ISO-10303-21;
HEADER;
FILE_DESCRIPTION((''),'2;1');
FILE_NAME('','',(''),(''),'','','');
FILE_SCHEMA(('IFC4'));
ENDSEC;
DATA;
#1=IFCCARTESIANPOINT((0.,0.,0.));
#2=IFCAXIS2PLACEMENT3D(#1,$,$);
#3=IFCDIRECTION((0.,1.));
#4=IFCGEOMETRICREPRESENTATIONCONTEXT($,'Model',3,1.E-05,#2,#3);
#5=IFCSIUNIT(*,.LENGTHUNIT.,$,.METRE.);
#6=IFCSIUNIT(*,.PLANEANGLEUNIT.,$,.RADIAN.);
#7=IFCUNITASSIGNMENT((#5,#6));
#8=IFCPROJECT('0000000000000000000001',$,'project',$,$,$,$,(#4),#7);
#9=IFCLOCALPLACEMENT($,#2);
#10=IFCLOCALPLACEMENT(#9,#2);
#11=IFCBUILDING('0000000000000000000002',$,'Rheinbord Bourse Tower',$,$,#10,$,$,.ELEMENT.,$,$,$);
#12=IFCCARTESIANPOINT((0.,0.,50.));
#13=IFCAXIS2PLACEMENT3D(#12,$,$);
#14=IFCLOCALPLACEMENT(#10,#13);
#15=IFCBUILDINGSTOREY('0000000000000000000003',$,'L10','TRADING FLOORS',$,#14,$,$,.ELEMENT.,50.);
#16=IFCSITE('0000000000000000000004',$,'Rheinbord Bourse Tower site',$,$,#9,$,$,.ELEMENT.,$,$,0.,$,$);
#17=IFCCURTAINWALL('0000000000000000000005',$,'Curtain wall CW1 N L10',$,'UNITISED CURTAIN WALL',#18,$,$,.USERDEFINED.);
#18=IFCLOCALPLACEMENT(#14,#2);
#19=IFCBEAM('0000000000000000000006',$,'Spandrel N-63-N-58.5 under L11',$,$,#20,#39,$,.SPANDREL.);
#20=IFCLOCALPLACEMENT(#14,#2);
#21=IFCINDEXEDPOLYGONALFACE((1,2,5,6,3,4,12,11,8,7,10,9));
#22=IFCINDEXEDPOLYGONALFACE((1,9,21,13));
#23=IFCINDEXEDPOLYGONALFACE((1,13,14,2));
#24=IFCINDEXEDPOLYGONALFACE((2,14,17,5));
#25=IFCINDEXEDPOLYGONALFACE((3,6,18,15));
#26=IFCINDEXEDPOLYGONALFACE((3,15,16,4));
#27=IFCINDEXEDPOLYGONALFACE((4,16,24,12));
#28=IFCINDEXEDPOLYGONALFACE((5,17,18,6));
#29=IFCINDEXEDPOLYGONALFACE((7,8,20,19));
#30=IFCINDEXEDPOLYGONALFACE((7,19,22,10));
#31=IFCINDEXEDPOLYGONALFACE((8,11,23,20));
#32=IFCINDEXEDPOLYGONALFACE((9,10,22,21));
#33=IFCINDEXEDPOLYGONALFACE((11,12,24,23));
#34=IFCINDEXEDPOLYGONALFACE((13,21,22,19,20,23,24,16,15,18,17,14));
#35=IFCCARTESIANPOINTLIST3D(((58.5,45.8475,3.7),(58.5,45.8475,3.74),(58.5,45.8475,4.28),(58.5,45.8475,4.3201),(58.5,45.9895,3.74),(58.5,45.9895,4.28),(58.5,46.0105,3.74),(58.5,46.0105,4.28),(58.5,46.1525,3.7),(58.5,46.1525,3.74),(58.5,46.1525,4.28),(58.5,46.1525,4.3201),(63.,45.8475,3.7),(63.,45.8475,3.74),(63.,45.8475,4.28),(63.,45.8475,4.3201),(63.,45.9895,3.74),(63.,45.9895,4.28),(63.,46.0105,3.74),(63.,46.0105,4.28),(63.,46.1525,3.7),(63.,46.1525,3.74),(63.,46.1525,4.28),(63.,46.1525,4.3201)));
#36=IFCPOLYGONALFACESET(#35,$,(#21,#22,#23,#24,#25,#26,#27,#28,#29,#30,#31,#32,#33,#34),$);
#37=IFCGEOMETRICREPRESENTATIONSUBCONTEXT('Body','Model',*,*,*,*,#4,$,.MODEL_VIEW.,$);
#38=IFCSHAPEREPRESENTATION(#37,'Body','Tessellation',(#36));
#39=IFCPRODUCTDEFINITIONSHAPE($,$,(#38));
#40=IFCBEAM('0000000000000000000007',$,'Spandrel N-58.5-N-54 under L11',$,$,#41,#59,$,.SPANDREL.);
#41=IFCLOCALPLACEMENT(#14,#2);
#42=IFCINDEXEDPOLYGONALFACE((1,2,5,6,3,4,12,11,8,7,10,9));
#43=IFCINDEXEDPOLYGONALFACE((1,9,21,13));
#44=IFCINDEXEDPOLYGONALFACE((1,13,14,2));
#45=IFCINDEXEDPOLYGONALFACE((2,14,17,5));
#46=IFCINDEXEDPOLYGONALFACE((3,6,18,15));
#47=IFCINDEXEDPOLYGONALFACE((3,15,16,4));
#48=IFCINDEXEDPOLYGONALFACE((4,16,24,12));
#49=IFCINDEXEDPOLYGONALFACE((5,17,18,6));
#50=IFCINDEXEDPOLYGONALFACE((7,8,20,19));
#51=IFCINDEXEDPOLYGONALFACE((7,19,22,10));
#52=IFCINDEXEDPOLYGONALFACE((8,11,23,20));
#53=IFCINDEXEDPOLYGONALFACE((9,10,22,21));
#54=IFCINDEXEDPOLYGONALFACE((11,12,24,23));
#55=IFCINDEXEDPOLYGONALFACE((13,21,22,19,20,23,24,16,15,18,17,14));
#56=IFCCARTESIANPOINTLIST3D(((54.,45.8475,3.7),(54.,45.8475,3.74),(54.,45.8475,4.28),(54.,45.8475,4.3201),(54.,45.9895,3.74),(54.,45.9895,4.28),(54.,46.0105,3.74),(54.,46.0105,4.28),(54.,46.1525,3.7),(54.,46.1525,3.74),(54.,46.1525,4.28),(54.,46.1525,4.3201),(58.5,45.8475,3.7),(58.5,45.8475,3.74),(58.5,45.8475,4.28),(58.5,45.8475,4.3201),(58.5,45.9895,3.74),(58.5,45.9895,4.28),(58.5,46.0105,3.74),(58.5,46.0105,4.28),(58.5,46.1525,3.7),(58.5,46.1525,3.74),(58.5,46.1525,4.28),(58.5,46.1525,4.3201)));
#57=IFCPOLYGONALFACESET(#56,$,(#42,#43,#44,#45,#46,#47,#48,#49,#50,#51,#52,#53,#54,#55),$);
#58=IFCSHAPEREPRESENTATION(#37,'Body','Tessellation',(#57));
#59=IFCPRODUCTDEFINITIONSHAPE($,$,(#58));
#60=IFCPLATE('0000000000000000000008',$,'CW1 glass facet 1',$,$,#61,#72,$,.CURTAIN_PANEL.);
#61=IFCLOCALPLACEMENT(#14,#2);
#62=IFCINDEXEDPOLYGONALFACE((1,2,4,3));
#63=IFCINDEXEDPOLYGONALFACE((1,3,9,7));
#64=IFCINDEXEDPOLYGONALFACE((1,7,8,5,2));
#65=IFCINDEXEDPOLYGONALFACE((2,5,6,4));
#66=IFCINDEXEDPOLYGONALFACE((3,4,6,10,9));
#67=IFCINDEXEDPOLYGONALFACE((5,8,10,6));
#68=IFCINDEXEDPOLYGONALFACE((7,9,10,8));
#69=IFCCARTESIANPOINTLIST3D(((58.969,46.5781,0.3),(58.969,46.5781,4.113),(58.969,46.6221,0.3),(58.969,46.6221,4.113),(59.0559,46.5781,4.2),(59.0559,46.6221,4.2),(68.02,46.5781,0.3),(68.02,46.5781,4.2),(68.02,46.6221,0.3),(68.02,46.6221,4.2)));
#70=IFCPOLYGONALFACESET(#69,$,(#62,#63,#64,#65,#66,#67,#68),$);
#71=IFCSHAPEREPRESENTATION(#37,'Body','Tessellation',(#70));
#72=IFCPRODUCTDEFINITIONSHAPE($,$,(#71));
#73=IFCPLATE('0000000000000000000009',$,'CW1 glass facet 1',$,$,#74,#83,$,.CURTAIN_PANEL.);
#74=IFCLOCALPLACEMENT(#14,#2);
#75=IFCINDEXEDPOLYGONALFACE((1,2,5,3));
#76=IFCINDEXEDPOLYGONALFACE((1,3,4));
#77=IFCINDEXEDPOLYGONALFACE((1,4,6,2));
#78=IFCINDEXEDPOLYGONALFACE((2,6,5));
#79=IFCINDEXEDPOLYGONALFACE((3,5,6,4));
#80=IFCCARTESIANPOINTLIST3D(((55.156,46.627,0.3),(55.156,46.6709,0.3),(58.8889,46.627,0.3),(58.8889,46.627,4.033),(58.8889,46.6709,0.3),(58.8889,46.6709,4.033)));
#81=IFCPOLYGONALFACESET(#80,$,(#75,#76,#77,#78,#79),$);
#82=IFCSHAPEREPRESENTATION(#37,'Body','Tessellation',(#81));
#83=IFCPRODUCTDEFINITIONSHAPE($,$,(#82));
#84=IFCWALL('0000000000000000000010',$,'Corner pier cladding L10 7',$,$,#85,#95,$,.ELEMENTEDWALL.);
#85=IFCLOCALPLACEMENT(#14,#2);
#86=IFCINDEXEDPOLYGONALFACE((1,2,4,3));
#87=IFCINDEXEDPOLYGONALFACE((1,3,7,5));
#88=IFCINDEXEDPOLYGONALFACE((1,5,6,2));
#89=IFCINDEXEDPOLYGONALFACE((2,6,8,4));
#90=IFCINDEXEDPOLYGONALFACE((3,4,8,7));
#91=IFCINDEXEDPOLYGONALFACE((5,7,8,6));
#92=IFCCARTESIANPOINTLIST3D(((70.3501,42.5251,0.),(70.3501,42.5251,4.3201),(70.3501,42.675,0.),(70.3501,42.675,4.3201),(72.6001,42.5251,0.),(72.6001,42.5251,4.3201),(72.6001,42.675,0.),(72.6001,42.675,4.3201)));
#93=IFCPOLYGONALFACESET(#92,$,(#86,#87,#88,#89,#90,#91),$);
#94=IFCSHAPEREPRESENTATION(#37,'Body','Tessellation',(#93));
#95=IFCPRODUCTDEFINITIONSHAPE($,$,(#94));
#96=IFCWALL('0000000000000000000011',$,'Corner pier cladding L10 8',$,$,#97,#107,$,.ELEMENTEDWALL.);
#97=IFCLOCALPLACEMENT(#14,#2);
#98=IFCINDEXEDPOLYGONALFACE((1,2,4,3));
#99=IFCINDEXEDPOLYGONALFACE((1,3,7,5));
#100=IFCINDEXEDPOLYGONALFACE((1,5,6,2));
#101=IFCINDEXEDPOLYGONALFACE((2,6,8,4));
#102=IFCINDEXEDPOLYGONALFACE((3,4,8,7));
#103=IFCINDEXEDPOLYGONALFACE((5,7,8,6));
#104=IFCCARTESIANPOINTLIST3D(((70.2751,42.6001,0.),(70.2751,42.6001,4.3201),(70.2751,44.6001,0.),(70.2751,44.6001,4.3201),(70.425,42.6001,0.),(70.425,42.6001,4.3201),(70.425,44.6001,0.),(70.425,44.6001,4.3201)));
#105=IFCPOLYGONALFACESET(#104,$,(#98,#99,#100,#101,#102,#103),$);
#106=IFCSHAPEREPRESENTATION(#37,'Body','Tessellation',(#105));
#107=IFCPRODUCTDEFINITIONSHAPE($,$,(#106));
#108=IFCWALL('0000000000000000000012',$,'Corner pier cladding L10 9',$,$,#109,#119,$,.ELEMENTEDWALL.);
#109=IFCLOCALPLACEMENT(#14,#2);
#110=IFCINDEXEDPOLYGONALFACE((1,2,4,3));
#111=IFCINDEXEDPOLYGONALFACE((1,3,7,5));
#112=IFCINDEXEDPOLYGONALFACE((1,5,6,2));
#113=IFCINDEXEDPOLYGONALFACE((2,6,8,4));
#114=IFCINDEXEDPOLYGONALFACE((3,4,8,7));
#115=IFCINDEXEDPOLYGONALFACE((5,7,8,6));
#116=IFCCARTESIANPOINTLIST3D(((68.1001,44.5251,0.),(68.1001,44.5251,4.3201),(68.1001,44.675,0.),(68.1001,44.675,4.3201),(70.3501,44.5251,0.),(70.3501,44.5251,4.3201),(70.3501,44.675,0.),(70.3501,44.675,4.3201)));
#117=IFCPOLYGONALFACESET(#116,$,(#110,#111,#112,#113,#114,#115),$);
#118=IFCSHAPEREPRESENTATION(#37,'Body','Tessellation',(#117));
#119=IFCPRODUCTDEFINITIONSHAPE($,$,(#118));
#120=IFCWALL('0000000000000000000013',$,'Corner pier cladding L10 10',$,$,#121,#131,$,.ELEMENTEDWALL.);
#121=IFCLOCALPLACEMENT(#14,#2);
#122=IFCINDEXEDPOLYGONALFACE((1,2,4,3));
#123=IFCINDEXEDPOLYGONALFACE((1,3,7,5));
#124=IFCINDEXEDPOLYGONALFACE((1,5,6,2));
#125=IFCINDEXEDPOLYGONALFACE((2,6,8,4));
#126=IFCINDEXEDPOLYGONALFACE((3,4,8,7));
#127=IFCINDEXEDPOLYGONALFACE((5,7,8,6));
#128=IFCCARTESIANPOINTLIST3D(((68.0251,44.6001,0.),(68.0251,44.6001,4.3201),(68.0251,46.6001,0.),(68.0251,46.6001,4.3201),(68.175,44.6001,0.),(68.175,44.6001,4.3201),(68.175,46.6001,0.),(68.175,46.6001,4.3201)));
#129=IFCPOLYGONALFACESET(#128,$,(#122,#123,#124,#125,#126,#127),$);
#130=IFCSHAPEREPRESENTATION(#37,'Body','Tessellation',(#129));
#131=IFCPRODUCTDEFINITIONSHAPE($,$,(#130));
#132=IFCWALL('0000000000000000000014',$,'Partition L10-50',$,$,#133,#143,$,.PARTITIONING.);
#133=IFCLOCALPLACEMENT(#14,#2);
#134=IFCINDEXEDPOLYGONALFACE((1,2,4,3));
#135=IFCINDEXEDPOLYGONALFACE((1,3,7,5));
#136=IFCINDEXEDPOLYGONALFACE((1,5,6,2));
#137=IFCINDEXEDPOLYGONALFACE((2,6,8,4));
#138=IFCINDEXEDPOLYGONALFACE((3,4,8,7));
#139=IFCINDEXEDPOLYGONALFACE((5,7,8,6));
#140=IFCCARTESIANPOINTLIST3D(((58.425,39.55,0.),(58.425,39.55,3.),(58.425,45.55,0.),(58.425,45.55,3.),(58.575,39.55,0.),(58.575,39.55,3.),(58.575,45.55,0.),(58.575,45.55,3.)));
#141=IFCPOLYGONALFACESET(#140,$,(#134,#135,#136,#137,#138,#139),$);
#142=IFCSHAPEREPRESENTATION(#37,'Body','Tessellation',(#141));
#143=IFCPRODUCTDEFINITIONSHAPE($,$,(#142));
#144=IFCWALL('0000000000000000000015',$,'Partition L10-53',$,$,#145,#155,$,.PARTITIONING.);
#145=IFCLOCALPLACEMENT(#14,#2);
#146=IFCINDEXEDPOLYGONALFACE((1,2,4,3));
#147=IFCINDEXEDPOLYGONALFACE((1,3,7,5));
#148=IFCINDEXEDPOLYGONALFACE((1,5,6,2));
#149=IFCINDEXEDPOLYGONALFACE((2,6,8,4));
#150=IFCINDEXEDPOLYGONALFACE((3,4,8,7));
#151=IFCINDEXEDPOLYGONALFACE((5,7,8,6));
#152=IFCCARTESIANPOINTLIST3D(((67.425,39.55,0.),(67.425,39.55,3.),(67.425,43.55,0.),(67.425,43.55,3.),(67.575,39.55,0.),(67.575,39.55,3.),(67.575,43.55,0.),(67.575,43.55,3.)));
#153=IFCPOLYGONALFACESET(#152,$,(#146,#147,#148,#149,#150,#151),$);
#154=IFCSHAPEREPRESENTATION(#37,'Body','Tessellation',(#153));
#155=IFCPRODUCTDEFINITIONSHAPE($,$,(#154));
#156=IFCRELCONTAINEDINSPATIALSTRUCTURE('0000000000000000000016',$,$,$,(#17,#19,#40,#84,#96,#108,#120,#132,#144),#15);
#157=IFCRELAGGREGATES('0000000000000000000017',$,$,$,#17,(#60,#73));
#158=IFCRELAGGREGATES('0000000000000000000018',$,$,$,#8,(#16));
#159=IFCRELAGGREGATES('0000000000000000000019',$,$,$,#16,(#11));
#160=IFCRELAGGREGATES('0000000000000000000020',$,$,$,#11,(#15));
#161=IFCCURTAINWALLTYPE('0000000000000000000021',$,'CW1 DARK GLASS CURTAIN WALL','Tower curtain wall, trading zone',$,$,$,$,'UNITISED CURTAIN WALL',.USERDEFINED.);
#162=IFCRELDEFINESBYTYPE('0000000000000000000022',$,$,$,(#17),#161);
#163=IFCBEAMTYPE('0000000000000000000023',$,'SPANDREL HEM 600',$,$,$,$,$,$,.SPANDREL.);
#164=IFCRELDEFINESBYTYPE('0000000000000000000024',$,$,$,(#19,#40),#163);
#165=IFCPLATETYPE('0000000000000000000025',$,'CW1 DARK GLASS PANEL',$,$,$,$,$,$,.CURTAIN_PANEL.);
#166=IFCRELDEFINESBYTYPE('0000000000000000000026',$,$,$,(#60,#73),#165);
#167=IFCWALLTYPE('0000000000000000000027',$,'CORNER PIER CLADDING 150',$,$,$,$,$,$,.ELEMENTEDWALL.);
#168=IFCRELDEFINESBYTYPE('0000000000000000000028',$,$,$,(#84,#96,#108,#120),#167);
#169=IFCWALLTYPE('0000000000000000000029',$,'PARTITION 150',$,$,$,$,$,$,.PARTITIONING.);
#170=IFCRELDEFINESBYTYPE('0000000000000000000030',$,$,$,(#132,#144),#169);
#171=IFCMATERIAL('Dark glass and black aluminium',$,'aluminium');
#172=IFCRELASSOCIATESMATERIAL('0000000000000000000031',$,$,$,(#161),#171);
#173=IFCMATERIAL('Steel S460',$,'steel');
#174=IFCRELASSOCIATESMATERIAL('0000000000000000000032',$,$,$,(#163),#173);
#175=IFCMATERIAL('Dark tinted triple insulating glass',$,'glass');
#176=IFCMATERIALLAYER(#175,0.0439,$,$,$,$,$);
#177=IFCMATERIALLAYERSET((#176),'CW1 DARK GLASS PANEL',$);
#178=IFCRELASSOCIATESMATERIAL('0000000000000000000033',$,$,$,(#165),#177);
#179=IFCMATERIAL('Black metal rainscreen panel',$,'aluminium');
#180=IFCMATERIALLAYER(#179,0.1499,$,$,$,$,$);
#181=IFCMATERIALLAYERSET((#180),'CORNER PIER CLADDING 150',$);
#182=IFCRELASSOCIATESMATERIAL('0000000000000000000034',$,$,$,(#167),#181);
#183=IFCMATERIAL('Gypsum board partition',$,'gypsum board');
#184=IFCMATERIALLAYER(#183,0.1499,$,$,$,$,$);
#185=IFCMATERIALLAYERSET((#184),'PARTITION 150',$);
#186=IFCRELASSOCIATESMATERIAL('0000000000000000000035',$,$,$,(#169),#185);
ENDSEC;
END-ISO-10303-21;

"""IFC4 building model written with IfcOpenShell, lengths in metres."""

from ifc_helpers import new_model, si_unit, direction, frame, frame_2d, origin, origin_2d, place, context, subcontext, project, spatial, polyline, rectangle, i_section, outline, extrude, material, layer, layer_set, material_profile, profile_set, type_object, element, aggregate, save


model = new_model("IFC4")

# Units and contexts
model_context = context("Model", 3, precision=1e-05, world=origin(), true_north=direction((0.0, 1.0)))
body_context = subcontext(model_context, "Body", "Model", "MODEL_VIEW")
ifc_project = project(units=[si_unit("LENGTHUNIT", "METRE"), si_unit("PLANEANGLEUNIT", "RADIAN")], contexts=[model_context])

# Site, building, storey
site_placement = place(None, origin())
site = spatial("IfcSite", under=ifc_project, at=site_placement, Name="Rheinbord Bourse Tower site", CompositionType="ELEMENT", RefElevation=0.0)
building_placement = place(site_placement, origin())
building = spatial("IfcBuilding", under=site, at=building_placement, Name="Rheinbord Bourse Tower", CompositionType="ELEMENT")
storey_placement = place(building_placement, frame((0.0, 0.0, 50.0)))
storey = spatial("IfcBuildingStorey", under=building, at=storey_placement, Name="L10", Description="TRADING FLOORS", CompositionType="ELEMENT", Elevation=50.0)

# Shared definitions
ifc_material_1 = material(Name="Dark glass and black aluminium", Category="aluminium")
curtain_wall_type = type_object("IfcCurtainWallType", Name="CW1 DARK GLASS CURTAIN WALL", Description="Tower curtain wall, trading zone", ElementType="UNITISED CURTAIN WALL", PredefinedType="USERDEFINED", material=ifc_material_1)

# Curtain wall
curtain_wall_1_placement = place(storey_placement, origin())
curtain_wall_1 = element("IfcCurtainWall", 1, at=curtain_wall_1_placement, inside=storey, type_object=curtain_wall_type, Name="Curtain wall CW1 N L10", ObjectType="UNITISED CURTAIN WALL", PredefinedType="USERDEFINED")

# Beams
ifc_material_2 = material(Name="Steel S460", Category="steel")
ifc_material_profile_1 = material_profile(ifc_material_2, i_section(OverallWidth=0.3049, OverallDepth=0.6201, WebThickness=0.021, FlangeThickness=0.04, at=origin_2d()), Name="HEM 600")
ifc_profile_set_1 = profile_set([ifc_material_profile_1], Name="Steel S460")
beam_type_1 = type_object("IfcBeamType", Name="SPANDREL HEM 600", PredefinedType="SPANDREL", material=ifc_profile_set_1)
for number, where, z_axis, x_axis, name in (
    (2, (63.0, 46.0, 4.01), (-1.0, 0.0, 0.0), (0.0, -1.0, 0.0), "Spandrel N-63-N-58.5 under L11"),
    (3, (58.5, 46.0, 4.01), (-1.0, 0.0, 0.0), (0.0, -1.0, 0.0), "Spandrel N-58.5-N-54 under L11"),
):
    element("IfcBeam", number, at=place(storey_placement, frame(where, z_axis=z_axis, x_axis=x_axis)), inside=storey, type_object=beam_type_1, Name=name, PredefinedType="SPANDREL", context=body_context, shape_type="SweptSolid", body=[
        extrude(i_section(OverallWidth=0.3049, OverallDepth=0.6201, WebThickness=0.021, FlangeThickness=0.04, at=origin_2d()), origin(), (0.0, 0.0, 1.0), 4.5),
    ])

# Plates
ifc_material_3 = material(Name="Dark tinted triple insulating glass", Category="glass")
ifc_layer_1 = layer(ifc_material_3, 0.0439)
ifc_layer_set_1 = layer_set([ifc_layer_1], Name="CW1 DARK GLASS PANEL")
plate_type = type_object("IfcPlateType", Name="CW1 DARK GLASS PANEL", PredefinedType="CURTAIN_PANEL", material=ifc_layer_set_1)
plate_1_placement = place(storey_placement, frame((58.969, 46.6221, 0.3), z_axis=(0.0, -1.0, 0.0), x_axis=(1.0, 0.0, 0.0)))
plate_1 = element("IfcPlate", 4, at=plate_1_placement, type_object=plate_type, Name="CW1 glass facet 1", PredefinedType="CURTAIN_PANEL", context=body_context, shape_type="SweptSolid", body=[
    extrude(outline(polyline([(0.0, 0.0), (9.051, 0.0), (9.051, 3.8999), (0.0869, 3.8999), (0.0, 3.813), (0.0, 0.0)])), origin(), (0.0, 0.0, 1.0), 0.0439),
])
plate_2_placement = place(storey_placement, frame((58.8889, 46.6709, 0.3), z_axis=(0.0, -1.0, 0.0), x_axis=(0.0, 0.0, 1.0)))
plate_2 = element("IfcPlate", 5, at=plate_2_placement, type_object=plate_type, Name="CW1 glass facet 1", PredefinedType="CURTAIN_PANEL", context=body_context, shape_type="SweptSolid", body=[
    extrude(outline(polyline([(0.0, 0.0), (3.7329, 0.0), (0.0, 3.7329), (0.0, 0.0)])), origin(), (0.0, 0.0, 1.0), 0.0439),
])
aggregate(curtain_wall_1, [plate_1, plate_2])

# Walls
ifc_material_4 = material(Name="Black metal rainscreen panel", Category="aluminium")
ifc_layer_2 = layer(ifc_material_4, 0.1499)
ifc_layer_set_2 = layer_set([ifc_layer_2], Name="CORNER PIER CLADDING 150")
wall_type_1 = type_object("IfcWallType", Name="CORNER PIER CLADDING 150", PredefinedType="ELEMENTEDWALL", material=ifc_layer_set_2)
wall_1_placement = place(storey_placement, frame((72.6001, 42.6001, 0.0), z_axis=(0.0, 0.0, 1.0), x_axis=(-1.0, 0.0, 0.0)))
element("IfcWall", 6, at=wall_1_placement, inside=storey, type_object=wall_type_1, Name="Corner pier cladding L10 7", PredefinedType="ELEMENTEDWALL", context=body_context, shape_type="SweptSolid", body=[
    extrude(rectangle(XDim=2.25, YDim=0.1499, at=frame_2d((1.125, 0.0))), origin(), (0.0, 0.0, 1.0), 4.3201),
])
wall_2_placement = place(storey_placement, frame((70.3501, 42.6001, 0.0), z_axis=(0.0, 0.0, 1.0), x_axis=(0.0, 1.0, 0.0)))
element("IfcWall", 7, at=wall_2_placement, inside=storey, type_object=wall_type_1, Name="Corner pier cladding L10 8", PredefinedType="ELEMENTEDWALL", context=body_context, shape_type="SweptSolid", body=[
    extrude(rectangle(XDim=2.0, YDim=0.1499, at=frame_2d((1.0, 0.0))), origin(), (0.0, 0.0, 1.0), 4.3201),
])
wall_3_placement = place(storey_placement, frame((70.3501, 44.6001, 0.0), z_axis=(0.0, 0.0, 1.0), x_axis=(-1.0, 0.0, 0.0)))
element("IfcWall", 8, at=wall_3_placement, inside=storey, type_object=wall_type_1, Name="Corner pier cladding L10 9", PredefinedType="ELEMENTEDWALL", context=body_context, shape_type="SweptSolid", body=[
    extrude(rectangle(XDim=2.25, YDim=0.1499, at=frame_2d((1.125, 0.0))), origin(), (0.0, 0.0, 1.0), 4.3201),
])
wall_4_placement = place(storey_placement, frame((68.1001, 44.6001, 0.0), z_axis=(0.0, 0.0, 1.0), x_axis=(0.0, 1.0, 0.0)))
element("IfcWall", 9, at=wall_4_placement, inside=storey, type_object=wall_type_1, Name="Corner pier cladding L10 10", PredefinedType="ELEMENTEDWALL", context=body_context, shape_type="SweptSolid", body=[
    extrude(rectangle(XDim=2.0, YDim=0.1499, at=frame_2d((1.0, 0.0))), origin(), (0.0, 0.0, 1.0), 4.3201),
])
ifc_material_5 = material(Name="Gypsum board partition", Category="gypsum board")
ifc_layer_3 = layer(ifc_material_5, 0.1499)
ifc_layer_set_3 = layer_set([ifc_layer_3], Name="PARTITION 150")
wall_type_2 = type_object("IfcWallType", Name="PARTITION 150", PredefinedType="PARTITIONING", material=ifc_layer_set_3)
wall_5_placement = place(storey_placement, frame((58.5, 39.55, 0.0), z_axis=(0.0, 0.0, 1.0), x_axis=(0.0, 1.0, 0.0)))
element("IfcWall", 10, at=wall_5_placement, inside=storey, type_object=wall_type_2, Name="Partition L10-50", PredefinedType="PARTITIONING", context=body_context, shape_type="SweptSolid", body=[
    extrude(rectangle(XDim=6.0, YDim=0.1499, at=frame_2d((3.0, 0.0))), origin(), (0.0, 0.0, 1.0), 3.0),
])
wall_6_placement = place(storey_placement, frame((67.5, 39.55, 0.0), z_axis=(0.0, 0.0, 1.0), x_axis=(0.0, 1.0, 0.0)))
element("IfcWall", 11, at=wall_6_placement, inside=storey, type_object=wall_type_2, Name="Partition L10-53", PredefinedType="PARTITIONING", context=body_context, shape_type="SweptSolid", body=[
    extrude(rectangle(XDim=4.0, YDim=0.1499, at=frame_2d((2.0, 0.0))), origin(), (0.0, 0.0, 1.0), 3.0),
])

save(model, "model.ifc")
